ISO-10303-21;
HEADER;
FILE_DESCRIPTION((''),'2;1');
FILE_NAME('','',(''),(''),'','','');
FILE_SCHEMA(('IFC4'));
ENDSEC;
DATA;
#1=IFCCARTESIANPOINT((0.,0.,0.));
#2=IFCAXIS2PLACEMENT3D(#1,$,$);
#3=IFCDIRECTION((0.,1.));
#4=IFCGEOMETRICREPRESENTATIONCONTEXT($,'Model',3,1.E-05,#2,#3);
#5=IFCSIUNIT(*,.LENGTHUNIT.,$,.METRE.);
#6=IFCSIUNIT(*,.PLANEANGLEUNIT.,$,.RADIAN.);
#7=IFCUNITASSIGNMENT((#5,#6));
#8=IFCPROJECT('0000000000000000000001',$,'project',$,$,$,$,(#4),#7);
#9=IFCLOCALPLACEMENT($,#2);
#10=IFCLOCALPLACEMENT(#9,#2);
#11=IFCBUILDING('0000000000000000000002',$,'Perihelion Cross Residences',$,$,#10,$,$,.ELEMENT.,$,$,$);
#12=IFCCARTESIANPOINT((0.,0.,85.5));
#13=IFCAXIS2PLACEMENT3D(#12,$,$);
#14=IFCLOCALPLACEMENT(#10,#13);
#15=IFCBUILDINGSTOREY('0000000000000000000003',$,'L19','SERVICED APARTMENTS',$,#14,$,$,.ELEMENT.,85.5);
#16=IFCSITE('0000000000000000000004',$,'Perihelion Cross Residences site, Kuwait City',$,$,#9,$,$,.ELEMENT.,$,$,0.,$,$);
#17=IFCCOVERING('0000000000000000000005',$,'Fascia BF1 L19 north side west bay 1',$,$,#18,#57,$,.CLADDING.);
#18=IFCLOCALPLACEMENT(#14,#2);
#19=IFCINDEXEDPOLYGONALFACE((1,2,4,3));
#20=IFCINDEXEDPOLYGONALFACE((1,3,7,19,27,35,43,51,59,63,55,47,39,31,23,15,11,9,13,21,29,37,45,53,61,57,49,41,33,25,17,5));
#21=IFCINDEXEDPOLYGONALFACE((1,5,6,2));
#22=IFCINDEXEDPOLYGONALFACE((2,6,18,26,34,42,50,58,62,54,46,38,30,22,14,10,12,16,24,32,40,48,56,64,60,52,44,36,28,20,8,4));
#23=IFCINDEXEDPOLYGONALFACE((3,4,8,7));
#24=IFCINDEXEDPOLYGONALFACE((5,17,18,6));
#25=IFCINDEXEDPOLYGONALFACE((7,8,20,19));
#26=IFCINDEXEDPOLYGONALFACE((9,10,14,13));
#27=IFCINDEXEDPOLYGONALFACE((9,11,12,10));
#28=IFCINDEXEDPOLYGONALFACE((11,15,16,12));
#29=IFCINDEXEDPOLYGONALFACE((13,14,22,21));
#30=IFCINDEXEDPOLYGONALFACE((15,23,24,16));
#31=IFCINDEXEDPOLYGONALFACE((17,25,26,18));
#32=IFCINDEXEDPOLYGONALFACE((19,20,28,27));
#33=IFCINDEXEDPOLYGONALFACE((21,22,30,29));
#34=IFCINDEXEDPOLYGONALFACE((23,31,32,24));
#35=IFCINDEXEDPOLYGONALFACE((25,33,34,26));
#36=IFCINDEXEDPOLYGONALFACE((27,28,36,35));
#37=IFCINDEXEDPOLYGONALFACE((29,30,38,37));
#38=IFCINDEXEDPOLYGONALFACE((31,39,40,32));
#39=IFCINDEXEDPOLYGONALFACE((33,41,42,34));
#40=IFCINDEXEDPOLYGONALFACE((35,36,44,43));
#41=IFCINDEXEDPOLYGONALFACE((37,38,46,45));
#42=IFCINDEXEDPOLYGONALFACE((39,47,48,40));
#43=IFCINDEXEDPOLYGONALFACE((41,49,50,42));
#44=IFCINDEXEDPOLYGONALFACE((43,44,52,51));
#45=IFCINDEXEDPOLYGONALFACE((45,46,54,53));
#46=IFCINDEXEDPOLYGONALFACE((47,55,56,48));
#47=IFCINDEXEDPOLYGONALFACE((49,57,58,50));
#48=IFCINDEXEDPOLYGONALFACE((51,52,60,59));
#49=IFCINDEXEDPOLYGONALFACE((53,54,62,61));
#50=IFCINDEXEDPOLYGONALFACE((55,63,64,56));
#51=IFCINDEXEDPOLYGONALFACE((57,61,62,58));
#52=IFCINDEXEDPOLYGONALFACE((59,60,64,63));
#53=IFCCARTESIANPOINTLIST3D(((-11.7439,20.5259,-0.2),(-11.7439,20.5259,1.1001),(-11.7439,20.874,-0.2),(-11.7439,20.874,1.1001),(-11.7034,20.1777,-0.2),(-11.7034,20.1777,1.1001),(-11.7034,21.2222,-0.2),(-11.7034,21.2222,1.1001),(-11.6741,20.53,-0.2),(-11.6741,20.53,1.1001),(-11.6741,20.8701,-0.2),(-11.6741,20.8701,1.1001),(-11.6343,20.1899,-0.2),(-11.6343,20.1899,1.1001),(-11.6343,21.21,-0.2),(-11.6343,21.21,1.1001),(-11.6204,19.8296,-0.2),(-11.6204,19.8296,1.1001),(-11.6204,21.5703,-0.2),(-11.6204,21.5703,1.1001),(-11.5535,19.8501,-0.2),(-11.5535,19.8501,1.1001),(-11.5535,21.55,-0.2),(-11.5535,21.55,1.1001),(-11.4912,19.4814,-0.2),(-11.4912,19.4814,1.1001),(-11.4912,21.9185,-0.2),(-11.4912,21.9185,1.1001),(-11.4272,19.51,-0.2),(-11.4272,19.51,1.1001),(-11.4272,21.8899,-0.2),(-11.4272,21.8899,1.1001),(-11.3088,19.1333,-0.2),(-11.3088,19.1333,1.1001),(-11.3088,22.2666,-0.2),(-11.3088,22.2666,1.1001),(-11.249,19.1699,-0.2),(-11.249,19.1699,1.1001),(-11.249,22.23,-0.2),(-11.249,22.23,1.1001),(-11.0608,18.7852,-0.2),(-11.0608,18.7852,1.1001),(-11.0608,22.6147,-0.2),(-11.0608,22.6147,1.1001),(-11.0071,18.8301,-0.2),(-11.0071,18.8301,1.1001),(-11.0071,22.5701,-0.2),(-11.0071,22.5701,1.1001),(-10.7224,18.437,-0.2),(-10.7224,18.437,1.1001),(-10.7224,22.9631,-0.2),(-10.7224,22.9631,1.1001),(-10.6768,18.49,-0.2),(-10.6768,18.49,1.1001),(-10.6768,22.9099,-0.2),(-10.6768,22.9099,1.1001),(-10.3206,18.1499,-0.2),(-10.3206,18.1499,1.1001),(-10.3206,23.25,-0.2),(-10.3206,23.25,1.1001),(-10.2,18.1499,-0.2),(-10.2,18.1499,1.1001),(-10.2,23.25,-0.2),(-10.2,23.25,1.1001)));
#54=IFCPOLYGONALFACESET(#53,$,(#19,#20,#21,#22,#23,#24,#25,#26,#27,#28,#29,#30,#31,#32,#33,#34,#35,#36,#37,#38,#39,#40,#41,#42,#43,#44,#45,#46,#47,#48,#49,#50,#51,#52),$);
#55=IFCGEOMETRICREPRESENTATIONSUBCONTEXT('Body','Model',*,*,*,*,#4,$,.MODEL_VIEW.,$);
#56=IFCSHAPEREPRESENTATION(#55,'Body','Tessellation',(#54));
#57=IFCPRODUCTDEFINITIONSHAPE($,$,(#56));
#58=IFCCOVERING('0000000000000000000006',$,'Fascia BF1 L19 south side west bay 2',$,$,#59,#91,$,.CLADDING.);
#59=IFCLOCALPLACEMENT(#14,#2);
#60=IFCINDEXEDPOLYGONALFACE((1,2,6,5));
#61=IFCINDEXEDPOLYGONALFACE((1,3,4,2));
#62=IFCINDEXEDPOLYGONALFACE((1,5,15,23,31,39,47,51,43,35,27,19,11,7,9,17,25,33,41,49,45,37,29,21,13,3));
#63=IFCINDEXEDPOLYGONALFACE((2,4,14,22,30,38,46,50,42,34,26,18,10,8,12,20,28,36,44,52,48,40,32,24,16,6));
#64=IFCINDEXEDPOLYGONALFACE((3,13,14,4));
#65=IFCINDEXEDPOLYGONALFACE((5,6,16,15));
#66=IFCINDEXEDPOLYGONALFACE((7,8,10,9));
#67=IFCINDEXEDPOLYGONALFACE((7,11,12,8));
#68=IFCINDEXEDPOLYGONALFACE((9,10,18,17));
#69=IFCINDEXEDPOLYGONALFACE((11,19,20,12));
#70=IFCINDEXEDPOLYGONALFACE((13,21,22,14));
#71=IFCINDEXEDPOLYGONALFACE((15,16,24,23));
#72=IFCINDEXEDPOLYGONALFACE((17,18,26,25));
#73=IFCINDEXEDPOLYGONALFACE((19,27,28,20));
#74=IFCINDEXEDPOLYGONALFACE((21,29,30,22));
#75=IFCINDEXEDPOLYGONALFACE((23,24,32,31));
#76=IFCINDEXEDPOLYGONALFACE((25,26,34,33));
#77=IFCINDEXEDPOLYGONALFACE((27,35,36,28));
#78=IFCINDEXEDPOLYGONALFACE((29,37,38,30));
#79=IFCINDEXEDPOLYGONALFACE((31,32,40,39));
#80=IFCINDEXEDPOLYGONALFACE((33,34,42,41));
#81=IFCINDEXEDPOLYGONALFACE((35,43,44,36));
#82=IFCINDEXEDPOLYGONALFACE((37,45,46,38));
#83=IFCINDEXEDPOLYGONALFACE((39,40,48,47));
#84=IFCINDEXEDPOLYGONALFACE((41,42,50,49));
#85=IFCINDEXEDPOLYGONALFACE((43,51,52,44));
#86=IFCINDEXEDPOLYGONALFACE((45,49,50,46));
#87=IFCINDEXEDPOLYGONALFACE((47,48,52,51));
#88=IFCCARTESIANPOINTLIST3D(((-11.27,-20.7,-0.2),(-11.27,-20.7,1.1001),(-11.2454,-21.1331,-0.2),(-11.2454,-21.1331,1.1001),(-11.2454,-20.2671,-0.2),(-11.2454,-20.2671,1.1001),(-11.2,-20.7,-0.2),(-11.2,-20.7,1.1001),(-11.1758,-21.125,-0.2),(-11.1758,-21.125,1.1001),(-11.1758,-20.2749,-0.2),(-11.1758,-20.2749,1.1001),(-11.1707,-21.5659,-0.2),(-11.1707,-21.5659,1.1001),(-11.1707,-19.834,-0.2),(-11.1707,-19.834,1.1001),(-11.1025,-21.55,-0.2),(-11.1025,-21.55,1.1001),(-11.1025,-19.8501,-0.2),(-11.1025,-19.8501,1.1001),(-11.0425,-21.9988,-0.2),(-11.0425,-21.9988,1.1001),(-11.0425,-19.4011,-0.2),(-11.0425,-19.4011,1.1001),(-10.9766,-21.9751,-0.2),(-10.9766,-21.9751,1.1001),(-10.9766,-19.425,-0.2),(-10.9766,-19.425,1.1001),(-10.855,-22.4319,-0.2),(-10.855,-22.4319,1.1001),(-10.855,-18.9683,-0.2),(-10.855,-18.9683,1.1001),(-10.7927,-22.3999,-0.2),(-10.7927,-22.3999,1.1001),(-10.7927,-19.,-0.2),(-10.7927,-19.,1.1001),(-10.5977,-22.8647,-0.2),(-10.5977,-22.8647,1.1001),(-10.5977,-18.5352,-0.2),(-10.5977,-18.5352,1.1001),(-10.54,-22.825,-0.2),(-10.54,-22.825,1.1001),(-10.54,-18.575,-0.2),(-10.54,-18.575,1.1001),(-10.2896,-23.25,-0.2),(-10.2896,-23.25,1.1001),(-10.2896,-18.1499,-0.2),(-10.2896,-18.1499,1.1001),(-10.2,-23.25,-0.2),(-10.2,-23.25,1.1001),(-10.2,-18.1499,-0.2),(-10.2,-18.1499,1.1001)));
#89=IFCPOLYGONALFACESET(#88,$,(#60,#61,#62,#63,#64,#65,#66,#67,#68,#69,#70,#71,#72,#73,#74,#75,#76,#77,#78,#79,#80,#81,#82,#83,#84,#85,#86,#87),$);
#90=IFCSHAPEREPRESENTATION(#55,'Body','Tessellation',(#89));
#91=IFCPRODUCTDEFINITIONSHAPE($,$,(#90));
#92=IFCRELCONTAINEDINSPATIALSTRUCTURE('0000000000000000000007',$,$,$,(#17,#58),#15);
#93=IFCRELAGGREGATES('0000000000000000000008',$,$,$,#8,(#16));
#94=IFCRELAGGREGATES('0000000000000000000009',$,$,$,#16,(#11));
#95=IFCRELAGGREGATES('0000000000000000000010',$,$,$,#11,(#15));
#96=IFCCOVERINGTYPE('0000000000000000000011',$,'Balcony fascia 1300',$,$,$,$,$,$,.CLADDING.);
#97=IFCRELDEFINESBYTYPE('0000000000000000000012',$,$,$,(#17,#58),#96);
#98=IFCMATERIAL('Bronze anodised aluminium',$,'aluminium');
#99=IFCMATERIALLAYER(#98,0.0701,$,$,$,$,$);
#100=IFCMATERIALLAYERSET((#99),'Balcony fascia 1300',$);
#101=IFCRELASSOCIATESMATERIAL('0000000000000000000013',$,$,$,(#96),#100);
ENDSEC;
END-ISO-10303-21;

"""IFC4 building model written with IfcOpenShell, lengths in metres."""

from ifc_helpers import new_model, si_unit, direction, frame, origin, place, context, subcontext, project, spatial, polyline, outline, extrude, material, layer, layer_set, type_object, element, save


model = new_model("IFC4")

# Units and contexts
model_context = context("Model", 3, precision=1e-05, world=origin(), true_north=direction((0.0, 1.0)))
body_context = subcontext(model_context, "Body", "Model", "MODEL_VIEW")
ifc_project = project(units=[si_unit("LENGTHUNIT", "METRE"), si_unit("PLANEANGLEUNIT", "RADIAN")], contexts=[model_context])

# Site, building, storey
site_placement = place(None, origin())
site = spatial("IfcSite", under=ifc_project, at=site_placement, Name="Perihelion Cross Residences site, Kuwait City", CompositionType="ELEMENT", RefElevation=0.0)
building_placement = place(site_placement, origin())
building = spatial("IfcBuilding", under=site, at=building_placement, Name="Perihelion Cross Residences", CompositionType="ELEMENT")
storey_placement = place(building_placement, frame((0.0, 0.0, 85.5)))
storey = spatial("IfcBuildingStorey", under=building, at=storey_placement, Name="L19", Description="SERVICED APARTMENTS", CompositionType="ELEMENT", Elevation=85.5)

# Coverings
ifc_material_1 = material(Name="Bronze anodised aluminium", Category="aluminium")
ifc_layer_1 = layer(ifc_material_1, 0.0701)
ifc_layer_set_1 = layer_set([ifc_layer_1], Name="Balcony fascia 1300")
covering_type = type_object("IfcCoveringType", Name="Balcony fascia 1300", PredefinedType="CLADDING", material=ifc_layer_set_1)
covering_1_placement = place(storey_placement, frame((0.0, 0.0, -0.2)))
element("IfcCovering", 1, at=covering_1_placement, inside=storey, type_object=covering_type, Name="Fascia BF1 L19 north side west bay 1", PredefinedType="CLADDING", context=body_context, shape_type="SweptSolid", body=[
    extrude(outline(polyline([(-10.7224, 22.9631), (-11.0608, 22.6147), (-11.3088, 22.2666), (-11.4912, 21.9185), (-11.6204, 21.5703), (-11.7034, 21.2222), (-11.7439, 20.874), (-11.7439, 20.5259), (-11.7034, 20.1777), (-11.6204, 19.8296), (-11.4912, 19.4814), (-11.3088, 19.1333), (-11.0608, 18.7852), (-10.7224, 18.437), (-10.3206, 18.1499), (-10.2, 18.1499), (-10.6768, 18.49), (-11.0071, 18.8301), (-11.249, 19.1699), (-11.4272, 19.51), (-11.5535, 19.8501), (-11.6343, 20.1899), (-11.6741, 20.53), (-11.6741, 20.8701), (-11.6343, 21.21), (-11.5535, 21.55), (-11.4272, 21.8899), (-11.249, 22.23), (-11.0071, 22.5701), (-10.6768, 22.9099), (-10.2, 23.25), (-10.3206, 23.25), (-10.7224, 22.9631)])), origin(), (0.0, 0.0, 1.0), 1.3),
])
covering_2_placement = place(storey_placement, frame((0.0, 0.0, -0.2)))
element("IfcCovering", 2, at=covering_2_placement, inside=storey, type_object=covering_type, Name="Fascia BF1 L19 south side west bay 2", PredefinedType="CLADDING", context=body_context, shape_type="SweptSolid", body=[
    extrude(outline(polyline([(-10.5977, -18.5352), (-10.855, -18.9683), (-11.0425, -19.4011), (-11.1707, -19.834), (-11.2454, -20.2671), (-11.27, -20.7), (-11.2454, -21.1331), (-11.1707, -21.5659), (-11.0425, -21.9988), (-10.855, -22.4319), (-10.5977, -22.8647), (-10.2896, -23.25), (-10.2, -23.25), (-10.54, -22.825), (-10.7927, -22.3999), (-10.9766, -21.9751), (-11.1025, -21.55), (-11.1758, -21.125), (-11.2, -20.7), (-11.1758, -20.2749), (-11.1025, -19.8501), (-10.9766, -19.425), (-10.7927, -19.0), (-10.54, -18.575), (-10.2, -18.1499), (-10.2896, -18.1499), (-10.5977, -18.5352)])), origin(), (0.0, 0.0, 1.0), 1.3),
])

save(model, "model.ifc")
